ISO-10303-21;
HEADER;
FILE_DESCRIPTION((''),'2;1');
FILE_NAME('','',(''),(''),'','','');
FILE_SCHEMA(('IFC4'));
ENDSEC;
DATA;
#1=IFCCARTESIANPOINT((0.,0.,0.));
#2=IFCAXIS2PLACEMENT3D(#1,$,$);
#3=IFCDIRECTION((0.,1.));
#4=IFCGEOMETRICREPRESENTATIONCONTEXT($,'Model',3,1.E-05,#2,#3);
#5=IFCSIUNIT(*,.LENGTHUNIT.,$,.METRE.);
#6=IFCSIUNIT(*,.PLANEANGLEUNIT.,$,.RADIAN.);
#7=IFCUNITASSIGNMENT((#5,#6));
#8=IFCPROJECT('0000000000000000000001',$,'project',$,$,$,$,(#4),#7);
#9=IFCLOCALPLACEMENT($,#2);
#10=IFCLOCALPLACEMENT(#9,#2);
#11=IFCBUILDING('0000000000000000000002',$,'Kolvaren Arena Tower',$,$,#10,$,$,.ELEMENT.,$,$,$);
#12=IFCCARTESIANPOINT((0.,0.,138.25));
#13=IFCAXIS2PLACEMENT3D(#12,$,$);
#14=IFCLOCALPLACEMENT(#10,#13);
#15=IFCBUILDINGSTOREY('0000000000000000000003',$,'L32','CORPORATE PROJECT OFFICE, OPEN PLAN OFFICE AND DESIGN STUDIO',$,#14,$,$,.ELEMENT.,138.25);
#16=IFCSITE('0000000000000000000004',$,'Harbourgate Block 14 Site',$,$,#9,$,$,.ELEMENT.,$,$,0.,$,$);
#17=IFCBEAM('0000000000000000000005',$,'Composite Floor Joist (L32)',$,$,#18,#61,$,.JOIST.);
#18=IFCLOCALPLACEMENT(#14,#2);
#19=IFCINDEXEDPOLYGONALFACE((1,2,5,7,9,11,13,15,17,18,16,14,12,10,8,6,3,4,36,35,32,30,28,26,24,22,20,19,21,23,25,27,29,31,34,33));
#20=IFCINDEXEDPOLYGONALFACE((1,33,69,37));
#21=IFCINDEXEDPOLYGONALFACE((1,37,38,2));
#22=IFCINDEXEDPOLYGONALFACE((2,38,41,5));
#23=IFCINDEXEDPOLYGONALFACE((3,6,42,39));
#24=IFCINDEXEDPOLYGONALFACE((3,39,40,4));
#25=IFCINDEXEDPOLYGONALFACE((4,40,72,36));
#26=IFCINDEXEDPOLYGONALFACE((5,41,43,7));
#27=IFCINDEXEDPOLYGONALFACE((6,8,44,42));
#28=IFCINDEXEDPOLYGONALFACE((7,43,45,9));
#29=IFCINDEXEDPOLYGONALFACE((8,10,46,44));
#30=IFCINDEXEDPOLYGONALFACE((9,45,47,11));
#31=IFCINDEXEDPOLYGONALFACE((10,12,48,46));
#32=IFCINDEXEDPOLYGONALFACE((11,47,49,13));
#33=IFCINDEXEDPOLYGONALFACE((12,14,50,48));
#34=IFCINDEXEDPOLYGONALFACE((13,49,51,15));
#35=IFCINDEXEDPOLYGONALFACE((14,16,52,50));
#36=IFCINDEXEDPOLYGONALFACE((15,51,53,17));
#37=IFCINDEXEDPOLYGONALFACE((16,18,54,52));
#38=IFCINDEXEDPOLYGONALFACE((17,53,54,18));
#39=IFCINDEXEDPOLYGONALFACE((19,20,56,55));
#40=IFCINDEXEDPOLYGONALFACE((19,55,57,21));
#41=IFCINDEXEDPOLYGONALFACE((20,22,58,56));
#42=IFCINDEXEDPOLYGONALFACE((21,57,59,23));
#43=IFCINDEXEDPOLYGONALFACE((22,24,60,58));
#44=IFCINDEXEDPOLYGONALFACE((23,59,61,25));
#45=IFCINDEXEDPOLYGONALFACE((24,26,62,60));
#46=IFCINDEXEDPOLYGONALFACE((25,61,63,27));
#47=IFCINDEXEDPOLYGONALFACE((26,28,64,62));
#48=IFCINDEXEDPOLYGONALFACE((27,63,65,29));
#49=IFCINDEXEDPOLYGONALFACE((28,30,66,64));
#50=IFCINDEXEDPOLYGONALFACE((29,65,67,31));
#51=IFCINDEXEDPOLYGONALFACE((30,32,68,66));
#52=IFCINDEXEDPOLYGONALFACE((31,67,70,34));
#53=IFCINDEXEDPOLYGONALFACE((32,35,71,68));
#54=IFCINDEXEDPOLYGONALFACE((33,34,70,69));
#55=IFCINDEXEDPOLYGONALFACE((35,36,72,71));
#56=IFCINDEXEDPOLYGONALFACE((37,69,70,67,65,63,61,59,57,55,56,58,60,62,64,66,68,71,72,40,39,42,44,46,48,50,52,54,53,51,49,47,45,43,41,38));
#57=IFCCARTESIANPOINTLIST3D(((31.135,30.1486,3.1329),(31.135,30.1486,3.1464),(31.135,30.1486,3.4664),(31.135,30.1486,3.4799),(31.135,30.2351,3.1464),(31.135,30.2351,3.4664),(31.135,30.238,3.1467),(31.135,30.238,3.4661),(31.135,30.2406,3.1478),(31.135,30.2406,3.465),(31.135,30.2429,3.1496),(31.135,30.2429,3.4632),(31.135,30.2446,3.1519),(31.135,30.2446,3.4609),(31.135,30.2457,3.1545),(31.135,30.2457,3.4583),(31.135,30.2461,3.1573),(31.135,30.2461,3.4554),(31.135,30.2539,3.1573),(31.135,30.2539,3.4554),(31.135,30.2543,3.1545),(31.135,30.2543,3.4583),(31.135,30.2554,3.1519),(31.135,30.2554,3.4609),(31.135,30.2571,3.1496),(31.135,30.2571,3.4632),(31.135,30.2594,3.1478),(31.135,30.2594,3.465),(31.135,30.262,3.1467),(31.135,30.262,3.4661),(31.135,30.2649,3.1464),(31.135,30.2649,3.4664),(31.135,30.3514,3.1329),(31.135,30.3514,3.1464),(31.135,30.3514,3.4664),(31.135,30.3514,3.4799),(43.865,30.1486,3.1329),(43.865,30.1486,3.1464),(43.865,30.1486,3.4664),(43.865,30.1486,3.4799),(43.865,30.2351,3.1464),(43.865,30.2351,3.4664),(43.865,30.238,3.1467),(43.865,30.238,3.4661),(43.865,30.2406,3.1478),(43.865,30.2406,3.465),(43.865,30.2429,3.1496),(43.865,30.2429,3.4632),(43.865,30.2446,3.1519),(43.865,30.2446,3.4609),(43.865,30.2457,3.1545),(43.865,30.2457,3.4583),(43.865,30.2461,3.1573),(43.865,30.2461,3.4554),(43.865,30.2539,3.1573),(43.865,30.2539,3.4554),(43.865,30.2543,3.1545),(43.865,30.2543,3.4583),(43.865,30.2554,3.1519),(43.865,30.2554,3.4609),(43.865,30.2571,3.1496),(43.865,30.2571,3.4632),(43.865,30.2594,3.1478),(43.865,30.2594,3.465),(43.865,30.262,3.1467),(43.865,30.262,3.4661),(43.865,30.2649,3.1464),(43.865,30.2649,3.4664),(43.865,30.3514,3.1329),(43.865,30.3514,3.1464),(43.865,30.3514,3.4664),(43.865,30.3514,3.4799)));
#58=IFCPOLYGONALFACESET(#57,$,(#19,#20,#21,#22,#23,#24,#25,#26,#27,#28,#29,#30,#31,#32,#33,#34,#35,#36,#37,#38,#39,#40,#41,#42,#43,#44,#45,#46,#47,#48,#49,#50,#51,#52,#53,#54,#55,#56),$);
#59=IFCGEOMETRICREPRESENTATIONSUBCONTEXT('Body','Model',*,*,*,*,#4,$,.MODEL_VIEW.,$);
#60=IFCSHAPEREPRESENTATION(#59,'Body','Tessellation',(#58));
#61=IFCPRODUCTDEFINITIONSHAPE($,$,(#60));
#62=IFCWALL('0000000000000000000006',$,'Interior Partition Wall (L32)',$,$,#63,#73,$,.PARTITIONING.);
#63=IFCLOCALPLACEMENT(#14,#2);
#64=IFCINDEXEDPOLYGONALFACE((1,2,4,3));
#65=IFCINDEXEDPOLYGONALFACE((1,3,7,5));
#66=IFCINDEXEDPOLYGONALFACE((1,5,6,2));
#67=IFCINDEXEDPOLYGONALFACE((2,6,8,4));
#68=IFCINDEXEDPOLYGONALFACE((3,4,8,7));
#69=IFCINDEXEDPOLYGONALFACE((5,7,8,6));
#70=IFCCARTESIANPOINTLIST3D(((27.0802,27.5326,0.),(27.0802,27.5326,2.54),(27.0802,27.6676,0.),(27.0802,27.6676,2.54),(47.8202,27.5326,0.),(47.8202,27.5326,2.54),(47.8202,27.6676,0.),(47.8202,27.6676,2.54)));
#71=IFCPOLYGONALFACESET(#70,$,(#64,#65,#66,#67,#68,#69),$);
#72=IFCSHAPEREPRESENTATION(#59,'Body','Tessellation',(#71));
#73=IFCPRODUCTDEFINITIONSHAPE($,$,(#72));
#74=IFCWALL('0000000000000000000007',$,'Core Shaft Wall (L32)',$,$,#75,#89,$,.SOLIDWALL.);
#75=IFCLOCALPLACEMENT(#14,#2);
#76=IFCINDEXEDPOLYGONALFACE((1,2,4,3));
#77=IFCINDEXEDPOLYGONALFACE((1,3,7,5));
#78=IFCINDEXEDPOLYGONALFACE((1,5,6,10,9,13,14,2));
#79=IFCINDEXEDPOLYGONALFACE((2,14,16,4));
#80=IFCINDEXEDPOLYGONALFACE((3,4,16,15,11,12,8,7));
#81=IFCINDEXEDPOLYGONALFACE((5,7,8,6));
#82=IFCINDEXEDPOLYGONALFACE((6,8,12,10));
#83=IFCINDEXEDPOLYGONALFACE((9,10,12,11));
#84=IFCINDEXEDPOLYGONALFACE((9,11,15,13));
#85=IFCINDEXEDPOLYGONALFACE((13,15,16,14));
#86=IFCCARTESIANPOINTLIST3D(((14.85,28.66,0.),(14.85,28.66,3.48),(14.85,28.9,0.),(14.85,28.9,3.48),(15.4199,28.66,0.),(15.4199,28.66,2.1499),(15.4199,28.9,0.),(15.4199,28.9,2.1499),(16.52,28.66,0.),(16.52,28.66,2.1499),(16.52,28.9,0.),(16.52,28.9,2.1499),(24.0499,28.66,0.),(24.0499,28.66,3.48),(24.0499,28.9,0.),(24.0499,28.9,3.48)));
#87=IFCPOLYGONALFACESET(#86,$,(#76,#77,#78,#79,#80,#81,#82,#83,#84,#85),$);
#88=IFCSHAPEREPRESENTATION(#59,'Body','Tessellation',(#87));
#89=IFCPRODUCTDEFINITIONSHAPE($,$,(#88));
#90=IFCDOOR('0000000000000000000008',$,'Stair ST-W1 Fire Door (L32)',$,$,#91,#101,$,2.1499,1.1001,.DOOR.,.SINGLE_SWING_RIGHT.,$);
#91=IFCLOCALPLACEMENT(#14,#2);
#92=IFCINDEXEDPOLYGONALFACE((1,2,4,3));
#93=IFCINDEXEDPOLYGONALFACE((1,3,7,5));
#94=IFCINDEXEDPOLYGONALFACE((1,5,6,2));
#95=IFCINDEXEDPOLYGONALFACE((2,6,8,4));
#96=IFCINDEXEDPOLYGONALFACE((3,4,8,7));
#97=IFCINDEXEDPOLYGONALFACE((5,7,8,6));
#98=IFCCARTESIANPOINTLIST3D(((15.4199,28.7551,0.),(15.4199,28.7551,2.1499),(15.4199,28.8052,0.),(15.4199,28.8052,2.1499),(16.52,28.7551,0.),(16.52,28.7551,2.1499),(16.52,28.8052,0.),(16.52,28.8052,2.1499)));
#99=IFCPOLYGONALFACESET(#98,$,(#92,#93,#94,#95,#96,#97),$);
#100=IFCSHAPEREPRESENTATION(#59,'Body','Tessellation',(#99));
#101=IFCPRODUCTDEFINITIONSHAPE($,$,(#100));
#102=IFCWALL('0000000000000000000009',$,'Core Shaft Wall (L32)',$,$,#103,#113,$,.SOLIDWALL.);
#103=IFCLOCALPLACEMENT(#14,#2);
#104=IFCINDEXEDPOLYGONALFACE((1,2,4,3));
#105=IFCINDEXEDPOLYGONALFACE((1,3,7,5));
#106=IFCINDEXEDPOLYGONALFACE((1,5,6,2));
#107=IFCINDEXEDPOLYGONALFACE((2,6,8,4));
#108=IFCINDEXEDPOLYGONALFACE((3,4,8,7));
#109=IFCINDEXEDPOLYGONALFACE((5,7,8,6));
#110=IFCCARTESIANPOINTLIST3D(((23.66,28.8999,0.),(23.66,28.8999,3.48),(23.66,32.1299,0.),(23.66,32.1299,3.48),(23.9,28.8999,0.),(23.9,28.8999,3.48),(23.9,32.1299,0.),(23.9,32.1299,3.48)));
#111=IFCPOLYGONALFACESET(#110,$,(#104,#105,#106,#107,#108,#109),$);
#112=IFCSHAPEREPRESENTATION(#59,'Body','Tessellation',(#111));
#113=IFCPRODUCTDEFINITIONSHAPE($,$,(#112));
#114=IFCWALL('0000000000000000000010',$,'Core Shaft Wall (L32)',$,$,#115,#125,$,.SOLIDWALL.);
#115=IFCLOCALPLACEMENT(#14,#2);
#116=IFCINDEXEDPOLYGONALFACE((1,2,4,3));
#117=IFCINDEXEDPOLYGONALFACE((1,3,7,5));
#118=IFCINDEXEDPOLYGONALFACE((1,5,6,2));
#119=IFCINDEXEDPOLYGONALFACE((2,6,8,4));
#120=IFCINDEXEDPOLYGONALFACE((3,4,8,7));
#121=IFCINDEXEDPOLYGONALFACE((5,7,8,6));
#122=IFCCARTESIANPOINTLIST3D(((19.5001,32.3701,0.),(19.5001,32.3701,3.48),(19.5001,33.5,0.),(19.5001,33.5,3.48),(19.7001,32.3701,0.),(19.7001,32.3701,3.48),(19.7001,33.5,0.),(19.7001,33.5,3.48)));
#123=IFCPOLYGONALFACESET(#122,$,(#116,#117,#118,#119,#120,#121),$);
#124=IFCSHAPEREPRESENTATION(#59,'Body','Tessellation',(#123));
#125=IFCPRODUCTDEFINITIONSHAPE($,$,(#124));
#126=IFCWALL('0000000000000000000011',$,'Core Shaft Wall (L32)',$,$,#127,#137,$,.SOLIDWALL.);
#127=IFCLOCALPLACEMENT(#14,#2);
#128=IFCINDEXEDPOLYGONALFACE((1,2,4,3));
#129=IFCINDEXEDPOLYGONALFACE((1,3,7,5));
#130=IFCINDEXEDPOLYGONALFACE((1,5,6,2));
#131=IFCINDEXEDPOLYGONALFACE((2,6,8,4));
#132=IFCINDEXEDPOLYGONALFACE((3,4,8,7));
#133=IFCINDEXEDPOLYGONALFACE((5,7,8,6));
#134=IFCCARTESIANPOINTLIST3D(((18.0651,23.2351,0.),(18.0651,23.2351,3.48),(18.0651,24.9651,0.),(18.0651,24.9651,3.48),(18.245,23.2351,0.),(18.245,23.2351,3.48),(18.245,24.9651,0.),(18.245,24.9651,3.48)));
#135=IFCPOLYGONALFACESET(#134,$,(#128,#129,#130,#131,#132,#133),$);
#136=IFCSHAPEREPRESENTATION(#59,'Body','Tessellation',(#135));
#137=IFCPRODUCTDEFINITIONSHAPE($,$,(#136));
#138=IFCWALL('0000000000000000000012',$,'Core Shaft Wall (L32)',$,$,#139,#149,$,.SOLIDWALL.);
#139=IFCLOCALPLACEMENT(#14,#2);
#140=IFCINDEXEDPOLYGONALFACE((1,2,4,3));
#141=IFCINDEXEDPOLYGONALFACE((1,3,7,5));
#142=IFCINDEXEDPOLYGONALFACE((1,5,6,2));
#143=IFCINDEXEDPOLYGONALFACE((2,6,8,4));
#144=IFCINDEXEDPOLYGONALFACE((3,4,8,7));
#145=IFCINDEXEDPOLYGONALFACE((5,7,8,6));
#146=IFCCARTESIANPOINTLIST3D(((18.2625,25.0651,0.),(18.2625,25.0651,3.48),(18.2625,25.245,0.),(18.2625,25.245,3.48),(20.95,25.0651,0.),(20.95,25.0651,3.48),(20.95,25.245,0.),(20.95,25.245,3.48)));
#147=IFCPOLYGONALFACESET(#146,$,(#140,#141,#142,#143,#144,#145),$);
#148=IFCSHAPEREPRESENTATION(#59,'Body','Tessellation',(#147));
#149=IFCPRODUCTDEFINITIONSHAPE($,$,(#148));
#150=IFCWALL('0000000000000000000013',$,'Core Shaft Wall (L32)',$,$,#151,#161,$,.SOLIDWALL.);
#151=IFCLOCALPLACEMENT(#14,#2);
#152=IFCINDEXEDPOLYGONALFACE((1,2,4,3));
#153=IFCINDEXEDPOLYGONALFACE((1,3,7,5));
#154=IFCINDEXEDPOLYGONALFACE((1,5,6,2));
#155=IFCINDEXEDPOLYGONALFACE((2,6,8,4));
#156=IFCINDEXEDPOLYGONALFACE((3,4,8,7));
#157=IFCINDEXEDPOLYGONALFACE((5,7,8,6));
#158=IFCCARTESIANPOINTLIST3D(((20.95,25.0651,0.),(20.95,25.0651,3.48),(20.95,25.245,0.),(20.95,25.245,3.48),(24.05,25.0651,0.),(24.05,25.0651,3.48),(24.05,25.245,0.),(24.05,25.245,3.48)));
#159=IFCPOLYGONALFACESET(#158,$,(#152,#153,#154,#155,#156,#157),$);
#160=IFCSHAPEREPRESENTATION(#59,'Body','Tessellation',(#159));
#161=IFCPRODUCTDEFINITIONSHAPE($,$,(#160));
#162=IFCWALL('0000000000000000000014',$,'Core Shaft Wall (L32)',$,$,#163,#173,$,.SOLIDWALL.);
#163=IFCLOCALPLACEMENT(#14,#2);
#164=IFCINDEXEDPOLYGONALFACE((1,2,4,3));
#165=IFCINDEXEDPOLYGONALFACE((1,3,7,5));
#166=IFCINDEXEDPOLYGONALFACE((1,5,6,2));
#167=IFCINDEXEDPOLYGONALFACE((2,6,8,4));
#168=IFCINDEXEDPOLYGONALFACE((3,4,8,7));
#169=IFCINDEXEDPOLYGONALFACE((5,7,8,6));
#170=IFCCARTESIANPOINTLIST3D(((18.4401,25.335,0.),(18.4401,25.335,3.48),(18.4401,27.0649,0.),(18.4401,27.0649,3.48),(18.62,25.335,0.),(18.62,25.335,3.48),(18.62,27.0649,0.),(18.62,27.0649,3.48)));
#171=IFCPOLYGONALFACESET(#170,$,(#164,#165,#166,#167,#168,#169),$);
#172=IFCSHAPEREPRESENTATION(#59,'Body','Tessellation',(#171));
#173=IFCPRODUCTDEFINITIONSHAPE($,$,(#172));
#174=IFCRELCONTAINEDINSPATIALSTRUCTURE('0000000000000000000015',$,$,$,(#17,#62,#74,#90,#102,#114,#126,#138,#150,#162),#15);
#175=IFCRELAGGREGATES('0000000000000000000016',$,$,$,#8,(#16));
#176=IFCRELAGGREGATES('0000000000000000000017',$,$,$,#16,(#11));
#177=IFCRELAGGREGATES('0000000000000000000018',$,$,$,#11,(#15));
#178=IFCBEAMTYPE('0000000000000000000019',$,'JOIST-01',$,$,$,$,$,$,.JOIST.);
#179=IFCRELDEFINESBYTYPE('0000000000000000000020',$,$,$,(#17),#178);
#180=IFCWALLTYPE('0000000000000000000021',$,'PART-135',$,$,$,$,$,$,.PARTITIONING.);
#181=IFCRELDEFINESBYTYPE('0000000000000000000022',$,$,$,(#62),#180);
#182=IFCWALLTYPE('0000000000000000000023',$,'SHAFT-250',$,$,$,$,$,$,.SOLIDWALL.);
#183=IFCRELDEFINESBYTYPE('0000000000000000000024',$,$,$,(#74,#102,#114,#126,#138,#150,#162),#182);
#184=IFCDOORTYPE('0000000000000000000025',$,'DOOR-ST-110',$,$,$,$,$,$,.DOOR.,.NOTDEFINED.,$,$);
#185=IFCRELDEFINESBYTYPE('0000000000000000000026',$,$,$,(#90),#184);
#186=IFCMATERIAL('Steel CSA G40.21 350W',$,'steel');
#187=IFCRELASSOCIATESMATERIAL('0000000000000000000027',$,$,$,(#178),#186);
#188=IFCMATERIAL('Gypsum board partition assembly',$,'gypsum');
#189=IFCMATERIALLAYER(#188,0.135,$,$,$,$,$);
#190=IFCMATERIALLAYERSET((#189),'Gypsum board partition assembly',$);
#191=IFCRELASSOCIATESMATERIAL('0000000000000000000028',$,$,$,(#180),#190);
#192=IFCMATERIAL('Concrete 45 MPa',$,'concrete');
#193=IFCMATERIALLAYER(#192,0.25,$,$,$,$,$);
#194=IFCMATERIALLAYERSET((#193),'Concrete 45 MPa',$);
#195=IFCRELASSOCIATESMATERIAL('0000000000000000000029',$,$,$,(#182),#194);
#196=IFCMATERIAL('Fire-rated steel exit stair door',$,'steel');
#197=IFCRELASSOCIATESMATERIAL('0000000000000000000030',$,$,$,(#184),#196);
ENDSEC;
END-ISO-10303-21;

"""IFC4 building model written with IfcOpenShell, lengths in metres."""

from ifc_helpers import new_model, si_unit, direction, frame, frame_2d, origin, origin_2d, place, context, subcontext, project, spatial, rectangle, i_section, extrude, material, layer, layer_set, material_profile, profile_set, type_object, element, fill, save


model = new_model("IFC4")

# Units and contexts
model_context = context("Model", 3, precision=1e-05, world=origin(), true_north=direction((0.0, 1.0)))
body_context = subcontext(model_context, "Body", "Model", "MODEL_VIEW")
ifc_project = project(units=[si_unit("LENGTHUNIT", "METRE"), si_unit("PLANEANGLEUNIT", "RADIAN")], contexts=[model_context])

# Site, building, storey
site_placement = place(None, origin())
site = spatial("IfcSite", under=ifc_project, at=site_placement, Name="Harbourgate Block 14 Site", CompositionType="ELEMENT", RefElevation=0.0)
building_placement = place(site_placement, origin())
building = spatial("IfcBuilding", under=site, at=building_placement, Name="Kolvaren Arena Tower", CompositionType="ELEMENT")
storey_placement = place(building_placement, frame((0.0, 0.0, 138.25)))
storey = spatial("IfcBuildingStorey", under=building, at=storey_placement, Name="L32", Description="CORPORATE PROJECT OFFICE, OPEN PLAN OFFICE AND DESIGN STUDIO", CompositionType="ELEMENT", Elevation=138.25)

# Beam
ifc_material_1 = material(Name="Steel CSA G40.21 350W", Category="steel")
ifc_material_profile_1 = material_profile(ifc_material_1, i_section(OverallWidth=0.2029, OverallDepth=0.3469, WebThickness=0.0078, FlangeThickness=0.0134, FilletRadius=0.011, at=origin_2d()), Name="W360x64")
ifc_profile_set_1 = profile_set([ifc_material_profile_1], Name="Steel CSA G40.21 350W")
beam_type_1 = type_object("IfcBeamType", Name="JOIST-01", PredefinedType="JOIST", material=ifc_profile_set_1)
beam_1_placement = place(storey_placement, frame((31.135, 30.25, 3.3064), z_axis=(1.0, 0.0, 0.0), x_axis=(0.0, 1.0, 0.0)))
element("IfcBeam", 1, at=beam_1_placement, inside=storey, type_object=beam_type_1, Name="Composite Floor Joist (L32)", PredefinedType="JOIST", context=body_context, shape_type="SweptSolid", body=[
    extrude(i_section(OverallWidth=0.2029, OverallDepth=0.3469, WebThickness=0.0078, FlangeThickness=0.0134, FilletRadius=0.011, at=origin_2d()), origin(), (0.0, 0.0, 1.0), 12.73),
])

# Wall
ifc_material_2 = material(Name="Gypsum board partition assembly", Category="gypsum")
ifc_layer_1 = layer(ifc_material_2, 0.135)
ifc_layer_set_1 = layer_set([ifc_layer_1], Name="Gypsum board partition assembly")
wall_type_1 = type_object("IfcWallType", Name="PART-135", PredefinedType="PARTITIONING", material=ifc_layer_set_1)
wall_1_placement = place(storey_placement, frame((27.0801, 27.6001, 0.0), z_axis=(0.0, 0.0, 1.0), x_axis=(1.0, 0.0, 0.0)))
element("IfcWall", 2, at=wall_1_placement, inside=storey, type_object=wall_type_1, Name="Interior Partition Wall (L32)", PredefinedType="PARTITIONING", context=body_context, shape_type="SweptSolid", body=[
    extrude(rectangle(XDim=20.74, YDim=0.135, at=frame_2d((10.3701, 0.0))), origin(), (0.0, 0.0, 1.0), 2.54),
])

# Wall, opening, door
ifc_material_3 = material(Name="Concrete 45 MPa", Category="concrete")
ifc_layer_2 = layer(ifc_material_3, 0.25)
ifc_layer_set_2 = layer_set([ifc_layer_2], Name="Concrete 45 MPa")
wall_type_2 = type_object("IfcWallType", Name="SHAFT-250", PredefinedType="SOLIDWALL", material=ifc_layer_set_2)
wall_2_placement = place(storey_placement, frame((24.05, 28.78, 0.0), z_axis=(0.0, 0.0, 1.0), x_axis=(-1.0, 0.0, 0.0)))
wall_2 = element("IfcWall", 3, at=wall_2_placement, inside=storey, type_object=wall_type_2, Name="Core Shaft Wall (L32)", PredefinedType="SOLIDWALL", context=body_context, shape_type="SweptSolid", body=[
    extrude(rectangle(XDim=9.2, YDim=0.24, at=frame_2d((4.6001, 0.0))), origin(), (0.0, 0.0, 1.0), 3.48),
])
opening_placement = place(wall_2_placement, frame((7.53, 0.0, 0.0)))
opening = element("IfcOpeningElement", 4, at=opening_placement, cuts=wall_2, PredefinedType="OPENING", context=body_context, shape_type="SweptSolid", body=[
    extrude(rectangle(XDim=1.1001, YDim=2.1499, at=frame_2d((0.55, 1.075))), frame((0.0, 0.1299, 0.0), z_axis=(0.0, -1.0, 0.0), x_axis=(1.0, 0.0, 0.0)), (0.0, 0.0, 1.0), 0.26),
])
ifc_material_4 = material(Name="Fire-rated steel exit stair door", Category="steel")
door_type = type_object("IfcDoorType", Name="DOOR-ST-110", OperationType="NOTDEFINED", PredefinedType="DOOR", material=ifc_material_4)
door_placement = place(opening_placement, origin())
door = element("IfcDoor", 5, at=door_placement, inside=storey, type_object=door_type, Name="Stair ST-W1 Fire Door (L32)", OperationType="SINGLE_SWING_RIGHT", OverallHeight=2.1499, OverallWidth=1.1001, PredefinedType="DOOR", context=body_context, shape_type="SweptSolid", body=[
    extrude(rectangle(XDim=1.1001, YDim=2.1499, at=frame_2d((0.55, 1.075))), frame((0.0, 0.0249, 0.0), z_axis=(0.0, -1.0, 0.0), x_axis=(1.0, 0.0, 0.0)), (0.0, 0.0, 1.0), 0.05),
])
fill(opening, door)

# Walls
wall_3_placement = place(storey_placement, frame((23.78, 28.8999, 0.0), z_axis=(0.0, 0.0, 1.0), x_axis=(0.0, 1.0, 0.0)))
element("IfcWall", 6, at=wall_3_placement, inside=storey, type_object=wall_type_2, Name="Core Shaft Wall (L32)", PredefinedType="SOLIDWALL", context=body_context, shape_type="SweptSolid", body=[
    extrude(rectangle(XDim=3.23, YDim=0.24, at=frame_2d((1.615, 0.0))), origin(), (0.0, 0.0, 1.0), 3.48),
])
wall_4_placement = place(storey_placement, frame((19.6001, 32.3701, 0.0), z_axis=(0.0, 0.0, 1.0), x_axis=(0.0, 1.0, 0.0)))
element("IfcWall", 7, at=wall_4_placement, inside=storey, type_object=wall_type_2, Name="Core Shaft Wall (L32)", PredefinedType="SOLIDWALL", context=body_context, shape_type="SweptSolid", body=[
    extrude(rectangle(XDim=1.1299, YDim=0.2, at=frame_2d((0.5649, 0.0))), origin(), (0.0, 0.0, 1.0), 3.48),
])
wall_5_placement = place(storey_placement, frame((18.155, 23.2351, 0.0), z_axis=(0.0, 0.0, 1.0), x_axis=(0.0, 1.0, 0.0)))
element("IfcWall", 8, at=wall_5_placement, inside=storey, type_object=wall_type_2, Name="Core Shaft Wall (L32)", PredefinedType="SOLIDWALL", context=body_context, shape_type="SweptSolid", body=[
    extrude(rectangle(XDim=1.73, YDim=0.1799, at=frame_2d((0.865, 0.0))), origin(), (0.0, 0.0, 1.0), 3.48),
])
wall_6_placement = place(storey_placement, frame((18.2625, 25.155, 0.0), z_axis=(0.0, 0.0, 1.0), x_axis=(1.0, 0.0, 0.0)))
element("IfcWall", 9, at=wall_6_placement, inside=storey, type_object=wall_type_2, Name="Core Shaft Wall (L32)", PredefinedType="SOLIDWALL", context=body_context, shape_type="SweptSolid", body=[
    extrude(rectangle(XDim=2.6875, YDim=0.1799, at=frame_2d((1.3438, 0.0))), origin(), (0.0, 0.0, 1.0), 3.48),
])
wall_7_placement = place(storey_placement, frame((20.95, 25.155, 0.0), z_axis=(0.0, 0.0, 1.0), x_axis=(1.0, 0.0, 0.0)))
element("IfcWall", 10, at=wall_7_placement, inside=storey, type_object=wall_type_2, Name="Core Shaft Wall (L32)", PredefinedType="SOLIDWALL", context=body_context, shape_type="SweptSolid", body=[
    extrude(rectangle(XDim=3.1001, YDim=0.1799, at=frame_2d((1.55, 0.0))), origin(), (0.0, 0.0, 1.0), 3.48),
])
wall_8_placement = place(storey_placement, frame((18.53, 25.335, 0.0), z_axis=(0.0, 0.0, 1.0), x_axis=(0.0, 1.0, 0.0)))
element("IfcWall", 11, at=wall_8_placement, inside=storey, type_object=wall_type_2, Name="Core Shaft Wall (L32)", PredefinedType="SOLIDWALL", context=body_context, shape_type="SweptSolid", body=[
    extrude(rectangle(XDim=1.73, YDim=0.1799, at=frame_2d((0.865, 0.0))), origin(), (0.0, 0.0, 1.0), 3.48),
])

save(model, "model.ifc")
